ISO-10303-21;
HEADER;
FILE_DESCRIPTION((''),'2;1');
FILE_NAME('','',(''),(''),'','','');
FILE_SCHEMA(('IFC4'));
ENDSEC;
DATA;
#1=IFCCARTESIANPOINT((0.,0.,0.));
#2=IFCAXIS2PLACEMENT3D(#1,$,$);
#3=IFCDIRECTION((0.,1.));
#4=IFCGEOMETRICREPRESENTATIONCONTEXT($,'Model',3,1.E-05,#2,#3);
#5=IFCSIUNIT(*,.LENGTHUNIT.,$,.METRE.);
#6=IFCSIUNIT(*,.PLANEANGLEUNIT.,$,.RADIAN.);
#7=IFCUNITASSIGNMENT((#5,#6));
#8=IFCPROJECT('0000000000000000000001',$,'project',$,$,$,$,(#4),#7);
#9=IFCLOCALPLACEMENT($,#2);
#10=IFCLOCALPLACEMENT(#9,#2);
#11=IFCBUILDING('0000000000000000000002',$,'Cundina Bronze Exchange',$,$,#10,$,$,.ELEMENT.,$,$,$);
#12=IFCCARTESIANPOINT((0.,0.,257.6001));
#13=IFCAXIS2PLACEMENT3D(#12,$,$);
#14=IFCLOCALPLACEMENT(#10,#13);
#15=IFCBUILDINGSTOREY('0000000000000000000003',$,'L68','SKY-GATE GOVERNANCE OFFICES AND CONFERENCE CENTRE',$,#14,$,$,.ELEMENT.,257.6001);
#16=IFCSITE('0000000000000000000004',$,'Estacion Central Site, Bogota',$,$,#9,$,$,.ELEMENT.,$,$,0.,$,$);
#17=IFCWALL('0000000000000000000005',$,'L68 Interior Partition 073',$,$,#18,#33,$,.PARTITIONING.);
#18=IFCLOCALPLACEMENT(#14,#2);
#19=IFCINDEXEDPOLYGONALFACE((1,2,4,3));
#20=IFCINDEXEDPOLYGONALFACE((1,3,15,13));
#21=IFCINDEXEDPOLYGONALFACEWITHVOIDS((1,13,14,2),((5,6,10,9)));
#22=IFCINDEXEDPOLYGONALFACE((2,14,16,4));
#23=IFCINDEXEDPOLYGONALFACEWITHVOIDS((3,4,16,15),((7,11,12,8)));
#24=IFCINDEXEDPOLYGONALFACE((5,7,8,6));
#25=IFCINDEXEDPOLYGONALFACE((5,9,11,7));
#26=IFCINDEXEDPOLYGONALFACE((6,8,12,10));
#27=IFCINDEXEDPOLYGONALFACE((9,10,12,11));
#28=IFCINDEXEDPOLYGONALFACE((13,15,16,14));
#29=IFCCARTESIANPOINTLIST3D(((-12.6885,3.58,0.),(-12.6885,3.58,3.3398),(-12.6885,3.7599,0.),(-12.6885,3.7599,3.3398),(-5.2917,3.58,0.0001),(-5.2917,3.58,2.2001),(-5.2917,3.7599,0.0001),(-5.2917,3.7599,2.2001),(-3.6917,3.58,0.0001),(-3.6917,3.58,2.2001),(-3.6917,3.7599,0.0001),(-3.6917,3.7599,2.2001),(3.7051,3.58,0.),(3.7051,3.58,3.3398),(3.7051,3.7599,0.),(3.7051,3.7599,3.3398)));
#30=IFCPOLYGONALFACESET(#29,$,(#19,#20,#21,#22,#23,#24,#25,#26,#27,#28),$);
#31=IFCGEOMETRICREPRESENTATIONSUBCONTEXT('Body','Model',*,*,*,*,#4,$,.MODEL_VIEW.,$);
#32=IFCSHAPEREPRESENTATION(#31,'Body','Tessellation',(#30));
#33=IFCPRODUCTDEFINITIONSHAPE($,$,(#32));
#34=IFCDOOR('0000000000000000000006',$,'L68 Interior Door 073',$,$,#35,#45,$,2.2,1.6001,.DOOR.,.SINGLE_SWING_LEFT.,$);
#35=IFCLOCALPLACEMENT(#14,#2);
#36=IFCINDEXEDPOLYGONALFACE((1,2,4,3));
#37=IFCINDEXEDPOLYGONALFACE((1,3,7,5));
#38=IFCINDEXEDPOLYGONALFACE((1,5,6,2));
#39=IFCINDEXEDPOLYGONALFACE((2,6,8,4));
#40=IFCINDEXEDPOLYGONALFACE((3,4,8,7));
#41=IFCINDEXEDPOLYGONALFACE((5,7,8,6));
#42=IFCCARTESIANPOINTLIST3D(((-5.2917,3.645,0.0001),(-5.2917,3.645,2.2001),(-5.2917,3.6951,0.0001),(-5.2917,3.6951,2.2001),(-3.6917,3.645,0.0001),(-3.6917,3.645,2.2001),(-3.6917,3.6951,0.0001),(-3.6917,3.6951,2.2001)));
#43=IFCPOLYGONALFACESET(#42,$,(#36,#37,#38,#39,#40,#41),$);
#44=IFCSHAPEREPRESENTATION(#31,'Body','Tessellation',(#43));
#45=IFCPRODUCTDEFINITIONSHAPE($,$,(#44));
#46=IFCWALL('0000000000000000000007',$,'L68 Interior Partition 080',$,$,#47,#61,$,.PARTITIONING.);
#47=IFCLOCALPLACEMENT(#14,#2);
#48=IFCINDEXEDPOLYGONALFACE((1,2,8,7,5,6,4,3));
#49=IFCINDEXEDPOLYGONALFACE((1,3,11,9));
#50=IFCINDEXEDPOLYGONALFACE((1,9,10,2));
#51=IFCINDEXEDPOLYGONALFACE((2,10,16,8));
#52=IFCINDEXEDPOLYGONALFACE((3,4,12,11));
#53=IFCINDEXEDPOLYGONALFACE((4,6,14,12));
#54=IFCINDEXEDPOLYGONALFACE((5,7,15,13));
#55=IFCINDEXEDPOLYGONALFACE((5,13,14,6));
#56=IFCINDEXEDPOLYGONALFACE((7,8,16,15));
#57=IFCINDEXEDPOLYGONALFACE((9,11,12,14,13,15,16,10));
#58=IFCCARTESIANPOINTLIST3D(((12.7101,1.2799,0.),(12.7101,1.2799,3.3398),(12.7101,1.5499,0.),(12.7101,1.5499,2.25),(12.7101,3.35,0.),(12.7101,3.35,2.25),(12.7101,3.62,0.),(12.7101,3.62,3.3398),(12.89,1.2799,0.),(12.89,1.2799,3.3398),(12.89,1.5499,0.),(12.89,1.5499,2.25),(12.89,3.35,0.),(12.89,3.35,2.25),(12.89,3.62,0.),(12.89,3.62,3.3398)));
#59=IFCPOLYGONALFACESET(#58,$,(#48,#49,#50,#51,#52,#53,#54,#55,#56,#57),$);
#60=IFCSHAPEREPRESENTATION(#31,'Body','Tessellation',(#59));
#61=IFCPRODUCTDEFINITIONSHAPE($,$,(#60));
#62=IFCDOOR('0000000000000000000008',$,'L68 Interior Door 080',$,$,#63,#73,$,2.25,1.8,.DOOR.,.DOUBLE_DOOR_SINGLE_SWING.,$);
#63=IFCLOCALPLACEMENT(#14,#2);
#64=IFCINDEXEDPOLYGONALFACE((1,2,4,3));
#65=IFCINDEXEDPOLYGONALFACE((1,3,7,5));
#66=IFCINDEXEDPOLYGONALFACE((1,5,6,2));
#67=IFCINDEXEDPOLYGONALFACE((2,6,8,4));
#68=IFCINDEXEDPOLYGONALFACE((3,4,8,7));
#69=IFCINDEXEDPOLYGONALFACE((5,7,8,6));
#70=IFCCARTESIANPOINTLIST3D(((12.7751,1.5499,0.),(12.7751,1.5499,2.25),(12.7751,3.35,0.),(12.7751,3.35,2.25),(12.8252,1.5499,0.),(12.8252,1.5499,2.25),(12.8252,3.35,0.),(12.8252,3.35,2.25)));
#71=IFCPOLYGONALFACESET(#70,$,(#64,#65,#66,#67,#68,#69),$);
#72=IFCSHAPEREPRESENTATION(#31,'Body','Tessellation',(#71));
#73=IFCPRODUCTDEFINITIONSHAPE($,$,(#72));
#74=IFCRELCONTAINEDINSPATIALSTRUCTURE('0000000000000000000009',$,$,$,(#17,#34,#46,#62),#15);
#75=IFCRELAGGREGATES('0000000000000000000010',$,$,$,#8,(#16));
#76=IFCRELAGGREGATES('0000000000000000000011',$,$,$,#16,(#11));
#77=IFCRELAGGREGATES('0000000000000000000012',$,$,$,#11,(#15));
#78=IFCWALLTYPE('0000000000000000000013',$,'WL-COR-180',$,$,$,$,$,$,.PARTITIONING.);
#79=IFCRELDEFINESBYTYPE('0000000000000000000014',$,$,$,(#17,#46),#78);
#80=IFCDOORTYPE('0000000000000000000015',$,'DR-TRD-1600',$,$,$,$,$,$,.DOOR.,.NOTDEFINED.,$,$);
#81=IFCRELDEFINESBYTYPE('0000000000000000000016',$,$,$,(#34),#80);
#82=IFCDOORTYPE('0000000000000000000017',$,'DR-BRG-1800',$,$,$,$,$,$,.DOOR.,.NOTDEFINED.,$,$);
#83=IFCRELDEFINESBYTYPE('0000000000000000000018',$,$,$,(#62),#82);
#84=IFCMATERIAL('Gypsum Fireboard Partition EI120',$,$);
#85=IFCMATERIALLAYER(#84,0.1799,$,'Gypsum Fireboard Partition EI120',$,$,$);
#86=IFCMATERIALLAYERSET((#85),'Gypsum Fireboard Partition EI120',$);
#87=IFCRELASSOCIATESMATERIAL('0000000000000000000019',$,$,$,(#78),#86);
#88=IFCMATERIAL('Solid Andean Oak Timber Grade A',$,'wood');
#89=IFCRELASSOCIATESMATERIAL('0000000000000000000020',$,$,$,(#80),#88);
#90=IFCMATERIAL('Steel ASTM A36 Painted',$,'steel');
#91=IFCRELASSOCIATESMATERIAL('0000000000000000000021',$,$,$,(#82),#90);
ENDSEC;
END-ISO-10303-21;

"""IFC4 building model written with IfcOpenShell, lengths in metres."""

from ifc_helpers import new_model, si_unit, direction, frame, frame_2d, origin, place, context, subcontext, project, spatial, rectangle, extrude, material, layer, layer_set, type_object, element, fill, save


model = new_model("IFC4")

# Units and contexts
model_context = context("Model", 3, precision=1e-05, world=origin(), true_north=direction((0.0, 1.0)))
body_context = subcontext(model_context, "Body", "Model", "MODEL_VIEW")
ifc_project = project(units=[si_unit("LENGTHUNIT", "METRE"), si_unit("PLANEANGLEUNIT", "RADIAN")], contexts=[model_context])

# Site, building, storey
site_placement = place(None, origin())
site = spatial("IfcSite", under=ifc_project, at=site_placement, Name="Estacion Central Site, Bogota", CompositionType="ELEMENT", RefElevation=0.0)
building_placement = place(site_placement, origin())
building = spatial("IfcBuilding", under=site, at=building_placement, Name="Cundina Bronze Exchange", CompositionType="ELEMENT")
storey_placement = place(building_placement, frame((0.0, 0.0, 257.6001)))
storey = spatial("IfcBuildingStorey", under=building, at=storey_placement, Name="L68", Description="SKY-GATE GOVERNANCE OFFICES AND CONFERENCE CENTRE", CompositionType="ELEMENT", Elevation=257.6001)

# Walls, openings, doors
ifc_material_1 = material(Name="Gypsum Fireboard Partition EI120")
ifc_layer_1 = layer(ifc_material_1, 0.1799, Name="Gypsum Fireboard Partition EI120")
ifc_layer_set_1 = layer_set([ifc_layer_1], Name="Gypsum Fireboard Partition EI120")
wall_type = type_object("IfcWallType", Name="WL-COR-180", PredefinedType="PARTITIONING", material=ifc_layer_set_1)
ifc_material_2 = material(Name="Solid Andean Oak Timber Grade A", Category="wood")
door_type_1 = type_object("IfcDoorType", Name="DR-TRD-1600", OperationType="NOTDEFINED", PredefinedType="DOOR", material=ifc_material_2)
wall_1_placement = place(storey_placement, frame((3.7051, 3.6699, 0.0), z_axis=(0.0, 0.0, 1.0), x_axis=(-1.0, 0.0, 0.0)))
wall_1 = element("IfcWall", 1, at=wall_1_placement, inside=storey, type_object=wall_type, Name="L68 Interior Partition 073", PredefinedType="PARTITIONING", context=body_context, shape_type="SweptSolid", body=[
    extrude(rectangle(XDim=16.3936, YDim=0.1799, at=frame_2d((8.1968, 0.0))), origin(), (0.0, 0.0, 1.0), 3.3398),
])
opening_1_placement = place(wall_1_placement, frame((7.3967, 0.0, 0.0)))
opening_1 = element("IfcOpeningElement", 2, at=opening_1_placement, cuts=wall_1, PredefinedType="OPENING", context=body_context, shape_type="SweptSolid", body=[
    extrude(rectangle(XDim=1.6001, YDim=2.2, at=frame_2d((0.8, 1.1001))), frame((0.0, 0.0999, 0.0), z_axis=(0.0, -1.0, 0.0), x_axis=(1.0, 0.0, 0.0)), (0.0, 0.0, 1.0), 0.2),
])
door_1_placement = place(opening_1_placement, origin())
door_1 = element("IfcDoor", 3, at=door_1_placement, inside=storey, type_object=door_type_1, Name="L68 Interior Door 073", OperationType="SINGLE_SWING_LEFT", OverallHeight=2.2, OverallWidth=1.6001, PredefinedType="DOOR", context=body_context, shape_type="SweptSolid", body=[
    extrude(rectangle(XDim=1.6001, YDim=2.2, at=frame_2d((0.8, 1.1001))), frame((0.0, 0.0249, 0.0), z_axis=(0.0, -1.0, 0.0), x_axis=(1.0, 0.0, 0.0)), (0.0, 0.0, 1.0), 0.05),
])
fill(opening_1, door_1)
wall_2_placement = place(storey_placement, frame((12.8, 1.28, 0.0), z_axis=(0.0, 0.0, 1.0), x_axis=(0.0, 1.0, 0.0)))
wall_2 = element("IfcWall", 4, at=wall_2_placement, inside=storey, type_object=wall_type, Name="L68 Interior Partition 080", PredefinedType="PARTITIONING", context=body_context, shape_type="SweptSolid", body=[
    extrude(rectangle(XDim=2.3401, YDim=0.1799, at=frame_2d((1.1699, 0.0))), origin(), (0.0, 0.0, 1.0), 3.3398),
])
opening_2_placement = place(wall_2_placement, frame((0.27, 0.0, 0.0)))
opening_2 = element("IfcOpeningElement", 5, at=opening_2_placement, cuts=wall_2, PredefinedType="OPENING", context=body_context, shape_type="SweptSolid", body=[
    extrude(rectangle(XDim=1.8, YDim=2.25, at=frame_2d((0.8999, 1.125))), frame((0.0, 0.0999, 0.0), z_axis=(0.0, -1.0, 0.0), x_axis=(1.0, 0.0, 0.0)), (0.0, 0.0, 1.0), 0.2),
])
ifc_material_3 = material(Name="Steel ASTM A36 Painted", Category="steel")
door_type_2 = type_object("IfcDoorType", Name="DR-BRG-1800", OperationType="NOTDEFINED", PredefinedType="DOOR", material=ifc_material_3)
door_2_placement = place(opening_2_placement, origin())
door_2 = element("IfcDoor", 6, at=door_2_placement, inside=storey, type_object=door_type_2, Name="L68 Interior Door 080", OperationType="DOUBLE_DOOR_SINGLE_SWING", OverallHeight=2.25, OverallWidth=1.8, PredefinedType="DOOR", context=body_context, shape_type="SweptSolid", body=[
    extrude(rectangle(XDim=1.8, YDim=2.25, at=frame_2d((0.8999, 1.125))), frame((0.0, 0.0249, 0.0), z_axis=(0.0, -1.0, 0.0), x_axis=(1.0, 0.0, 0.0)), (0.0, 0.0, 1.0), 0.05),
])
fill(opening_2, door_2)

save(model, "model.ifc")
